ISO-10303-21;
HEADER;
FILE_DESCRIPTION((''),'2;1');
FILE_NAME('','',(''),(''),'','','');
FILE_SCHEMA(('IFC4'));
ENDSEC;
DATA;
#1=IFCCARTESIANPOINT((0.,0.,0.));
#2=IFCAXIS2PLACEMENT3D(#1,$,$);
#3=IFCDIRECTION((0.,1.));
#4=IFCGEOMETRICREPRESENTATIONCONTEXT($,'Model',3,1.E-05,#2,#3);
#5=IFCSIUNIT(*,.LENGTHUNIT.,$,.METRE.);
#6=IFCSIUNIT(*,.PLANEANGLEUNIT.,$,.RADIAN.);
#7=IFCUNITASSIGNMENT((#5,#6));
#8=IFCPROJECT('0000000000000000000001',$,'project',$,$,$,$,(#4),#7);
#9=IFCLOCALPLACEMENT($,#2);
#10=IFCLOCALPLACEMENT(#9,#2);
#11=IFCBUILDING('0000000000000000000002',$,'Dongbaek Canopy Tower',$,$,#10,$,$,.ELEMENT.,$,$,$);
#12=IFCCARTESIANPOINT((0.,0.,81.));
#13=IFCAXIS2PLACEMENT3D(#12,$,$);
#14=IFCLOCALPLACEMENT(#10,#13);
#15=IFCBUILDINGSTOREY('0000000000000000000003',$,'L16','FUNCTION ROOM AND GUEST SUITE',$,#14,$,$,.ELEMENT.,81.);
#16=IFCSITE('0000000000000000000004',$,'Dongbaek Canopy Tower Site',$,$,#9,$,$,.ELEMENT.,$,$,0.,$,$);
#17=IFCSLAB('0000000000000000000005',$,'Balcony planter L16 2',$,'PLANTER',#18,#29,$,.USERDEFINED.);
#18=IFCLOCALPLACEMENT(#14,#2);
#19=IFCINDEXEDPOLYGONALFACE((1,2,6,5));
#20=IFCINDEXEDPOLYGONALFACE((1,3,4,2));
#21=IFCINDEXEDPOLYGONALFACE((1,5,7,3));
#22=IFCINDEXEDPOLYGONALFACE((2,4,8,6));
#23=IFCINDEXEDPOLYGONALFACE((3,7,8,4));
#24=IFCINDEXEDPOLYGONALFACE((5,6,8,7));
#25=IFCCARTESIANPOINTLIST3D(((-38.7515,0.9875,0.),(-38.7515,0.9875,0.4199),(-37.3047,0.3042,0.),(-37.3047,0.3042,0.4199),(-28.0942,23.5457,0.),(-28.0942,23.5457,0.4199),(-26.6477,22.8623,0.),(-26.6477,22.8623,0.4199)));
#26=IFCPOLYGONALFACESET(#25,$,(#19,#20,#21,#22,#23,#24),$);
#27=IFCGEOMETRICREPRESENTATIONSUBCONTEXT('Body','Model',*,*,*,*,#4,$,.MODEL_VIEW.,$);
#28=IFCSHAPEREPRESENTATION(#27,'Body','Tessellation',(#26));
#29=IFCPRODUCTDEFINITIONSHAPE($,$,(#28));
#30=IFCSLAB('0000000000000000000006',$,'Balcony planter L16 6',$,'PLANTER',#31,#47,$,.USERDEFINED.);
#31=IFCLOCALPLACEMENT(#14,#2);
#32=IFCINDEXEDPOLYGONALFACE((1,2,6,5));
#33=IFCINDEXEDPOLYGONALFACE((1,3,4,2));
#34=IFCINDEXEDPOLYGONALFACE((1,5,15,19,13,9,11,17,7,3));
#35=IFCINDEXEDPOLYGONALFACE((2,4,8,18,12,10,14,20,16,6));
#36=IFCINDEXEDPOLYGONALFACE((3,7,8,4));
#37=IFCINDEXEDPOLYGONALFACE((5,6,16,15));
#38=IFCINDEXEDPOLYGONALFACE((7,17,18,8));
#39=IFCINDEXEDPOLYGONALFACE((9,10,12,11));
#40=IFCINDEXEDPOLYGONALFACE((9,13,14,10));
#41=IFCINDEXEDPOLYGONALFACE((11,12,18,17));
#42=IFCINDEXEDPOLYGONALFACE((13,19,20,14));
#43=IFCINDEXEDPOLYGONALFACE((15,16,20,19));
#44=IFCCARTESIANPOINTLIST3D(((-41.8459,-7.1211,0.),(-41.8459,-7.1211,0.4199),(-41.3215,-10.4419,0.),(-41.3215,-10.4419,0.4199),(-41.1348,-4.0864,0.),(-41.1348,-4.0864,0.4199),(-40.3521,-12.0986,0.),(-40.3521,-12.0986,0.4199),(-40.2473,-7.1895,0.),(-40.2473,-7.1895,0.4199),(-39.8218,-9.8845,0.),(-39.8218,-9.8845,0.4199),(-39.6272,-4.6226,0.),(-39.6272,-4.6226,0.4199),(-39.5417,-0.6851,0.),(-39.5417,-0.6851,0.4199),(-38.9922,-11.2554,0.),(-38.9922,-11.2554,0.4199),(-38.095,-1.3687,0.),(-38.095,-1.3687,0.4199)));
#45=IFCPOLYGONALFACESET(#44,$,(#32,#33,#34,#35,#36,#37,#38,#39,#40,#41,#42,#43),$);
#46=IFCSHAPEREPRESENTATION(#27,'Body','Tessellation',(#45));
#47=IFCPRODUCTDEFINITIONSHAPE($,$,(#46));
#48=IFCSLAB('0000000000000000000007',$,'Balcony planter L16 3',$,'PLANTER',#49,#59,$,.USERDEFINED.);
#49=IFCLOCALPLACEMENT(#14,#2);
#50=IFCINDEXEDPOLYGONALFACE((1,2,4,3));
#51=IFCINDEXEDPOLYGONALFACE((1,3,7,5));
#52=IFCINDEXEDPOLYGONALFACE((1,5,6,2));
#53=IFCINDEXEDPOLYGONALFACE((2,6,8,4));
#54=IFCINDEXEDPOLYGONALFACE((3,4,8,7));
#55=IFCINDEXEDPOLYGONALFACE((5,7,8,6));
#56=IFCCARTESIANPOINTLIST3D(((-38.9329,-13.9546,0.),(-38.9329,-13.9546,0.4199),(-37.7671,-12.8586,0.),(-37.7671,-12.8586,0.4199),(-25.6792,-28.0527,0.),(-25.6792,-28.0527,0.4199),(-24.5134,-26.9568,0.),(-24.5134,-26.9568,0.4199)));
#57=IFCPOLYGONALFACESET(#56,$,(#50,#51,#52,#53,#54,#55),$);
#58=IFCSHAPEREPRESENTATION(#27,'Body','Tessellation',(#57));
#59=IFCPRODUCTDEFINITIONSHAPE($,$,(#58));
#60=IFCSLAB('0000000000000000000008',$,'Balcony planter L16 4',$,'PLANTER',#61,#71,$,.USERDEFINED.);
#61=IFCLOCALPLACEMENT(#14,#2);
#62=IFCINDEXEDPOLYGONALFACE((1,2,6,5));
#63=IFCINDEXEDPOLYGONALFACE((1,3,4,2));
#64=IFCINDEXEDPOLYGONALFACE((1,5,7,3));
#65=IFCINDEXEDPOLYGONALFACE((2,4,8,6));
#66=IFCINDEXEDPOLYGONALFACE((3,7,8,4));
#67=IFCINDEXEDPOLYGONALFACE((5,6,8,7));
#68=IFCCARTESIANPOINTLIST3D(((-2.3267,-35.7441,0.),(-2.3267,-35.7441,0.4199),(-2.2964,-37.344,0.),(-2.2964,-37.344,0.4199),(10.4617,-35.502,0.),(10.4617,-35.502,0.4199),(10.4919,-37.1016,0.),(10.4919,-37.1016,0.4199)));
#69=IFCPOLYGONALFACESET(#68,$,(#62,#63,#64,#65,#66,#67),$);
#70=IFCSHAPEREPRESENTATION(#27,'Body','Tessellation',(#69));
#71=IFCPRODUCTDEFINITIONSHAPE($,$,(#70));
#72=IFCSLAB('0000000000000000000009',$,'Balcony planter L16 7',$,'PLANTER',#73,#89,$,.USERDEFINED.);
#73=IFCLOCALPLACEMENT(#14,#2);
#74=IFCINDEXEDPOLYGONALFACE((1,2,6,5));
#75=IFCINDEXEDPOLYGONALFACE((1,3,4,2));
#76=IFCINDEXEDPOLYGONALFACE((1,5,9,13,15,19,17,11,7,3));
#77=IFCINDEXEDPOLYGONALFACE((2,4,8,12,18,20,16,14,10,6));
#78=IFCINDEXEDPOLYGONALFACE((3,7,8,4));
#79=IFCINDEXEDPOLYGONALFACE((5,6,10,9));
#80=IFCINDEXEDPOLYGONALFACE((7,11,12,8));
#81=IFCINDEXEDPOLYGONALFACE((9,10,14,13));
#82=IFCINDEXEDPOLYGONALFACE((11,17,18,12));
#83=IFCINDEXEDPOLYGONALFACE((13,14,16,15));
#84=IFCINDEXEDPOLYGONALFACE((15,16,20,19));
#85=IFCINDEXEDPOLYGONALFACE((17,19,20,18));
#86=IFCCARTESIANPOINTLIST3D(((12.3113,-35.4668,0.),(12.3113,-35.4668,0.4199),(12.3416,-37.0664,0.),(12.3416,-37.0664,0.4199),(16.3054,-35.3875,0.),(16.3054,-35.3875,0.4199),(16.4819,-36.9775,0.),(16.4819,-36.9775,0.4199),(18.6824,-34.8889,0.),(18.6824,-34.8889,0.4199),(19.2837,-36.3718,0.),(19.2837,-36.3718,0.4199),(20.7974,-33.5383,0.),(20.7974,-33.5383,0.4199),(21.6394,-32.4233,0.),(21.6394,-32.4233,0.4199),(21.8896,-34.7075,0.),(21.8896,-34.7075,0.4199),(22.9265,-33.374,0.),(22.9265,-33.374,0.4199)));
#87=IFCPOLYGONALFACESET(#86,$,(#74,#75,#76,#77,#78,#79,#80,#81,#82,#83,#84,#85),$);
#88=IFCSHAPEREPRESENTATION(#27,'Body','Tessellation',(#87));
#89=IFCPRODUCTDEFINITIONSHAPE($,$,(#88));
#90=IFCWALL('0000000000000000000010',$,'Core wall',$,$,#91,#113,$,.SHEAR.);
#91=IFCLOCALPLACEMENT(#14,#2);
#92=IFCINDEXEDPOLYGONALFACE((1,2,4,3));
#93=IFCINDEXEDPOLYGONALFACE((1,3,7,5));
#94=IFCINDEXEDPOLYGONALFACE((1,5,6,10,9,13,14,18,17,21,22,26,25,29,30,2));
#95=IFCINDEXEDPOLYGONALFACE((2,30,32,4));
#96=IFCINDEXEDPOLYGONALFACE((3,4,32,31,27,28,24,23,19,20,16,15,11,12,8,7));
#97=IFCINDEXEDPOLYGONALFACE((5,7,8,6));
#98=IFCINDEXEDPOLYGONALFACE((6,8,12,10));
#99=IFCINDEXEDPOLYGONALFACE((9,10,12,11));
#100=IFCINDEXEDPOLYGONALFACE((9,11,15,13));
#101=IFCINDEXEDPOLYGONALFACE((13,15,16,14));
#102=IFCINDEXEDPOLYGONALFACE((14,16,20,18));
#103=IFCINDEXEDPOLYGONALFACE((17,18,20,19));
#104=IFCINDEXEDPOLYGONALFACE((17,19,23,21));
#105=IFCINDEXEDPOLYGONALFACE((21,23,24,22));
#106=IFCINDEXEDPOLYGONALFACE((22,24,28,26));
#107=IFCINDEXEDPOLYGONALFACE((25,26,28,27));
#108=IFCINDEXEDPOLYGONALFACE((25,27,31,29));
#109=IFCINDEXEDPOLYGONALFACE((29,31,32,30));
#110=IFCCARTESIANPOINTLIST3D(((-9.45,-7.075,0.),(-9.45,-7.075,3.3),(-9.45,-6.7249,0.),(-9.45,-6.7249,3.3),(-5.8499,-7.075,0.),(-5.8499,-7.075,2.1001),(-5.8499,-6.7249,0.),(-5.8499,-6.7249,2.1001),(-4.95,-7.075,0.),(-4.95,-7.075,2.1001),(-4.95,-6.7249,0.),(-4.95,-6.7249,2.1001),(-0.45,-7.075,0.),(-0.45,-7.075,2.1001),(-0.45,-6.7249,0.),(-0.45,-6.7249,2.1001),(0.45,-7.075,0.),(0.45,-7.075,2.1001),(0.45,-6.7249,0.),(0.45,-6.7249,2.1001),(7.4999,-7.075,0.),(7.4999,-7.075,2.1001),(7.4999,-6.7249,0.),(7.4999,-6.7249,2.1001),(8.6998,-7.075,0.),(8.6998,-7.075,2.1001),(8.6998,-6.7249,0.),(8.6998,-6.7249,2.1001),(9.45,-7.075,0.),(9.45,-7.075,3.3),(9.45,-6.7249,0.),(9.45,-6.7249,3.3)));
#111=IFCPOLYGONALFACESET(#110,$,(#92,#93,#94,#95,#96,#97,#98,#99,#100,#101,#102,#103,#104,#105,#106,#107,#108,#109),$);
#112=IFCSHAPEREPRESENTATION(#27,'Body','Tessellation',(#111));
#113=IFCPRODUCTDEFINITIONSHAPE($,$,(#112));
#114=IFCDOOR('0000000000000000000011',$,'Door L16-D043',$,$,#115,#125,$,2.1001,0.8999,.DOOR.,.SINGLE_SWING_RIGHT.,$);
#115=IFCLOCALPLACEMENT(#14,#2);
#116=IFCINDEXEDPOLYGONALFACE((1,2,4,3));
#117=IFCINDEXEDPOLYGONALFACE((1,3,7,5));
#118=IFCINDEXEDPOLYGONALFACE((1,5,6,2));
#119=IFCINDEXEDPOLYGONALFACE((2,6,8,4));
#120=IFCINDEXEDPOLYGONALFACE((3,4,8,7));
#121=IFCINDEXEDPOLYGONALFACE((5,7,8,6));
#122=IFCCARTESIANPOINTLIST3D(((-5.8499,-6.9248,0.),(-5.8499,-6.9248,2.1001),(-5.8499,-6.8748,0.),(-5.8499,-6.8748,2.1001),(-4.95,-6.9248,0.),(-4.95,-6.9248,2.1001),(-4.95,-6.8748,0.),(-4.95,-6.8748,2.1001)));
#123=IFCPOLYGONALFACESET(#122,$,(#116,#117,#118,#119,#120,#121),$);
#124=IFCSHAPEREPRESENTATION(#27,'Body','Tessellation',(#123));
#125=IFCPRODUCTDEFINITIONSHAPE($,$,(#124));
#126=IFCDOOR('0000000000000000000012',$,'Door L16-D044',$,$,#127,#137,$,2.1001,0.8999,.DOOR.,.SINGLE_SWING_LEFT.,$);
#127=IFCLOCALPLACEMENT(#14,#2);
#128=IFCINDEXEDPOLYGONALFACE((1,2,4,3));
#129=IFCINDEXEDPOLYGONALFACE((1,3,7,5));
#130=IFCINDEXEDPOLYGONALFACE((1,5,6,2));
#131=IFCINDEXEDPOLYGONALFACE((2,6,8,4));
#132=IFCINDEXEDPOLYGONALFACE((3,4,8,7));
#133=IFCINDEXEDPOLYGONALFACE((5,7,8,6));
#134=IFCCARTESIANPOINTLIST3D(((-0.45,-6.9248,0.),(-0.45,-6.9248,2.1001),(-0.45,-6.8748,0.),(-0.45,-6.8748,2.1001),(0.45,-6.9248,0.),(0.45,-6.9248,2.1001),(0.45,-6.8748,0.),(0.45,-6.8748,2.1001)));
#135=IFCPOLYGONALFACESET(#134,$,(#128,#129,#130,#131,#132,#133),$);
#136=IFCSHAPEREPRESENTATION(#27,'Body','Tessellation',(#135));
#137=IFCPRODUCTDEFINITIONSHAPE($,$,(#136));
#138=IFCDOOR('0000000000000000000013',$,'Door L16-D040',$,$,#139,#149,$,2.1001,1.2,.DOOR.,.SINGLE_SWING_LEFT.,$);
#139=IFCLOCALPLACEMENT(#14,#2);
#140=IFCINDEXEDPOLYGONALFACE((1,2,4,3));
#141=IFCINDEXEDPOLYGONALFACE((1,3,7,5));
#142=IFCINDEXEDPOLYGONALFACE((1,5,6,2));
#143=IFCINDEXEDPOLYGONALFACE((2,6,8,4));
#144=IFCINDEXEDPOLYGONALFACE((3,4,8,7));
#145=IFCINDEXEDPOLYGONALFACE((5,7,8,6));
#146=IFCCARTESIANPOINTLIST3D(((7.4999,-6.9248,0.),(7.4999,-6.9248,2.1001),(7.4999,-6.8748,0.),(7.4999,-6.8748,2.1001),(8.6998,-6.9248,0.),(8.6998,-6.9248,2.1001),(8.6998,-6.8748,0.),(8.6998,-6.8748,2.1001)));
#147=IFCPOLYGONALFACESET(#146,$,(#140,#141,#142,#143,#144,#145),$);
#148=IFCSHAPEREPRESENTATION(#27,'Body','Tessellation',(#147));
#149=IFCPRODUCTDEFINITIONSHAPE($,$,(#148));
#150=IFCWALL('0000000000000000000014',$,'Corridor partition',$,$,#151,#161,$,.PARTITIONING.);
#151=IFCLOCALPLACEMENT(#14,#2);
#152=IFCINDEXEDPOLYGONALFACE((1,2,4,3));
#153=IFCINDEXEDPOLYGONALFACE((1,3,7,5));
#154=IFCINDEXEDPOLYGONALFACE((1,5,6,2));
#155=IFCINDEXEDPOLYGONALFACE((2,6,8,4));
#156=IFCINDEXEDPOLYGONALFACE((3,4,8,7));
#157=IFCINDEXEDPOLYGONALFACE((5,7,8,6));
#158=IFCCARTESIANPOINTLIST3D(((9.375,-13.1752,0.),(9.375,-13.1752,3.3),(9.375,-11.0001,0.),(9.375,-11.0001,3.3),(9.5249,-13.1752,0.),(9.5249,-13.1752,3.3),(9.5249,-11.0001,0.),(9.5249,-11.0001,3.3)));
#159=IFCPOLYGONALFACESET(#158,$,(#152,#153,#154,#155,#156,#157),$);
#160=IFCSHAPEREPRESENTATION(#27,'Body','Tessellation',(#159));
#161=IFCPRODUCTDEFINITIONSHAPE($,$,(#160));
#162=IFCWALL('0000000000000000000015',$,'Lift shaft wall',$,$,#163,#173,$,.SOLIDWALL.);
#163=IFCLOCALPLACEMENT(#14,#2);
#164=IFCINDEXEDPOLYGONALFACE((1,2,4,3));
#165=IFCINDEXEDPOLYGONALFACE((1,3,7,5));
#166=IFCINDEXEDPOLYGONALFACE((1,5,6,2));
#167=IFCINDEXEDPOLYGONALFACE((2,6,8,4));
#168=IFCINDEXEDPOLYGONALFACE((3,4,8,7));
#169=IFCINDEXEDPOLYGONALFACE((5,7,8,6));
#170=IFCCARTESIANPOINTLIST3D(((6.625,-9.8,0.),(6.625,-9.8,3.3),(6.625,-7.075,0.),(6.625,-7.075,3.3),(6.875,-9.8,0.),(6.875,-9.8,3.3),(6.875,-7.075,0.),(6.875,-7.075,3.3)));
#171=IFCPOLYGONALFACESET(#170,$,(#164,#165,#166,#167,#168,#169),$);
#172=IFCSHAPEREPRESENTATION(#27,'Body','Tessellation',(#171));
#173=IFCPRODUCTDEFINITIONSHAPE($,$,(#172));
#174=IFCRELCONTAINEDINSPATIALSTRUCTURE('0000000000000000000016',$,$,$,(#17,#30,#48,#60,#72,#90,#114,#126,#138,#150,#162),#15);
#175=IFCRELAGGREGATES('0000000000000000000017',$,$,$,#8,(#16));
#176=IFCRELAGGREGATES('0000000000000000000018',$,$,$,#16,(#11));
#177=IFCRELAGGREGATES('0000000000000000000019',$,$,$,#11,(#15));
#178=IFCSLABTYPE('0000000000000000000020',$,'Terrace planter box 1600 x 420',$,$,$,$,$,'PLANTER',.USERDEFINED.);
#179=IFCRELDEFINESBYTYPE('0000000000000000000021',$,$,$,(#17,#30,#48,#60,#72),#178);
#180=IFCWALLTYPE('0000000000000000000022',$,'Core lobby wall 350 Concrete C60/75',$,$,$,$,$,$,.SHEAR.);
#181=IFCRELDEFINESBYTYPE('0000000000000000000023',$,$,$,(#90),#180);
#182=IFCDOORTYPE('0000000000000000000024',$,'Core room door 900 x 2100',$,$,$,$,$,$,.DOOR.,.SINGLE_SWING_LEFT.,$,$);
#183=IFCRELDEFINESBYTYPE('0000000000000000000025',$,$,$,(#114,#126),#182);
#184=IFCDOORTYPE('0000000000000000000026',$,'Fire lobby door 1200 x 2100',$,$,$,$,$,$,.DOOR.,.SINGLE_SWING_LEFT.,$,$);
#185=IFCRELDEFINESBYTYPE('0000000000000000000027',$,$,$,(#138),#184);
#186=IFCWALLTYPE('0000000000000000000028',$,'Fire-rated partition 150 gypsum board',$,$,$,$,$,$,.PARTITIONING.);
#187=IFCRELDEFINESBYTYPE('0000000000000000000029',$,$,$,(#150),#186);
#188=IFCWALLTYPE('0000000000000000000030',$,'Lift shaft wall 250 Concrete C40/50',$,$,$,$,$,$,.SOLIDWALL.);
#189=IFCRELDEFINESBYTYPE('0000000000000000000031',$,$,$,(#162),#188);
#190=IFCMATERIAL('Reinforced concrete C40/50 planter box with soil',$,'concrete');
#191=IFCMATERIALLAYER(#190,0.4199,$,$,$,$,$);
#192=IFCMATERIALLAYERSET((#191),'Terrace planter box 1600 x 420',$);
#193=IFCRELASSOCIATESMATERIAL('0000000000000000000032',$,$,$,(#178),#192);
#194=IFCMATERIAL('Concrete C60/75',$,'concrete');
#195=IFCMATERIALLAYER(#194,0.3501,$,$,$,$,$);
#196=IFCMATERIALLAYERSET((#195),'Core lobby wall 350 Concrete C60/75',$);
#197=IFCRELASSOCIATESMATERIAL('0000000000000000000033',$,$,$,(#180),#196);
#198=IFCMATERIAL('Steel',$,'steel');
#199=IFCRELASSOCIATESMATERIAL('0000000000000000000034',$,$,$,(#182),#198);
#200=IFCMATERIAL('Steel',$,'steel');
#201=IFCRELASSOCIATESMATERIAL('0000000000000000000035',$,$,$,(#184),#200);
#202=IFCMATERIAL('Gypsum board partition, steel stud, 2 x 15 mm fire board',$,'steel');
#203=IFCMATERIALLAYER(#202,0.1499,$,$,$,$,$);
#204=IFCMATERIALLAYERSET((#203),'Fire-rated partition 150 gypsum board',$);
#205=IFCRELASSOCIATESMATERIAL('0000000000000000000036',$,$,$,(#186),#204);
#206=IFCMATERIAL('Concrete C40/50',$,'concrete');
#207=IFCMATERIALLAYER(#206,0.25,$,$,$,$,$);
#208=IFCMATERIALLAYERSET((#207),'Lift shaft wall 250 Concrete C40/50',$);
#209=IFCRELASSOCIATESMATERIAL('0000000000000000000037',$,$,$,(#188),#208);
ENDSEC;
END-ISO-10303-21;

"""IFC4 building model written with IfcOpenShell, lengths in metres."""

from ifc_helpers import new_model, si_unit, direction, frame, frame_2d, origin, place, context, subcontext, project, spatial, polyline, rectangle, outline, extrude, material, layer, layer_set, type_object, element, fill, save


model = new_model("IFC4")

# Units and contexts
model_context = context("Model", 3, precision=1e-05, world=origin(), true_north=direction((0.0, 1.0)))
body_context = subcontext(model_context, "Body", "Model", "MODEL_VIEW")
ifc_project = project(units=[si_unit("LENGTHUNIT", "METRE"), si_unit("PLANEANGLEUNIT", "RADIAN")], contexts=[model_context])

# Site, building, storey
site_placement = place(None, origin())
site = spatial("IfcSite", under=ifc_project, at=site_placement, Name="Dongbaek Canopy Tower Site", CompositionType="ELEMENT", RefElevation=0.0)
building_placement = place(site_placement, origin())
building = spatial("IfcBuilding", under=site, at=building_placement, Name="Dongbaek Canopy Tower", CompositionType="ELEMENT")
storey_placement = place(building_placement, frame((0.0, 0.0, 81.0)))
storey = spatial("IfcBuildingStorey", under=building, at=storey_placement, Name="L16", Description="FUNCTION ROOM AND GUEST SUITE", CompositionType="ELEMENT", Elevation=81.0)

# Slabs
ifc_material_1 = material(Name="Reinforced concrete C40/50 planter box with soil", Category="concrete")
ifc_layer_1 = layer(ifc_material_1, 0.4199)
ifc_layer_set_1 = layer_set([ifc_layer_1], Name="Terrace planter box 1600 x 420")
slab_type_1 = type_object("IfcSlabType", Name="Terrace planter box 1600 x 420", ElementType="PLANTER", PredefinedType="USERDEFINED", material=ifc_layer_set_1)
slab_1_placement = place(storey_placement, origin())
element("IfcSlab", 1, at=slab_1_placement, inside=storey, type_object=slab_type_1, Name="Balcony planter L16 2", ObjectType="PLANTER", PredefinedType="USERDEFINED", context=body_context, shape_type="SweptSolid", body=[
    extrude(outline(polyline([(-26.6477, 22.8623), (-37.3047, 0.3042), (-38.7515, 0.9875), (-28.0942, 23.5457), (-26.6477, 22.8623)])), origin(), (0.0, 0.0, 1.0), 0.4199),
])
slab_2_placement = place(storey_placement, origin())
element("IfcSlab", 2, at=slab_2_placement, inside=storey, type_object=slab_type_1, Name="Balcony planter L16 6", ObjectType="PLANTER", PredefinedType="USERDEFINED", context=body_context, shape_type="SweptSolid", body=[
    extrude(outline(polyline([(-38.095, -1.3687), (-39.6272, -4.6226), (-40.2473, -7.1895), (-39.8218, -9.8845), (-38.9922, -11.2554), (-40.3521, -12.0986), (-41.3215, -10.4419), (-41.8459, -7.1211), (-41.1348, -4.0864), (-39.5417, -0.6851), (-38.095, -1.3687)])), origin(), (0.0, 0.0, 1.0), 0.4199),
])
slab_3_placement = place(storey_placement, origin())
element("IfcSlab", 3, at=slab_3_placement, inside=storey, type_object=slab_type_1, Name="Balcony planter L16 3", ObjectType="PLANTER", PredefinedType="USERDEFINED", context=body_context, shape_type="SweptSolid", body=[
    extrude(outline(polyline([(-37.7671, -12.8586), (-24.5134, -26.9568), (-25.6792, -28.0527), (-38.9329, -13.9546), (-37.7671, -12.8586)])), origin(), (0.0, 0.0, 1.0), 0.4199),
])
slab_4_placement = place(storey_placement, origin())
element("IfcSlab", 4, at=slab_4_placement, inside=storey, type_object=slab_type_1, Name="Balcony planter L16 4", ObjectType="PLANTER", PredefinedType="USERDEFINED", context=body_context, shape_type="SweptSolid", body=[
    extrude(outline(polyline([(-2.3267, -35.7441), (10.4617, -35.502), (10.4919, -37.1016), (-2.2964, -37.344), (-2.3267, -35.7441)])), origin(), (0.0, 0.0, 1.0), 0.4199),
])
slab_5_placement = place(storey_placement, origin())
element("IfcSlab", 5, at=slab_5_placement, inside=storey, type_object=slab_type_1, Name="Balcony planter L16 7", ObjectType="PLANTER", PredefinedType="USERDEFINED", context=body_context, shape_type="SweptSolid", body=[
    extrude(outline(polyline([(12.3113, -35.4668), (16.3054, -35.3875), (18.6824, -34.8889), (20.7974, -33.5383), (21.6394, -32.4233), (22.9265, -33.374), (21.8896, -34.7075), (19.2837, -36.3718), (16.4819, -36.9775), (12.3416, -37.0664), (12.3113, -35.4668)])), origin(), (0.0, 0.0, 1.0), 0.4199),
])

# Wall, openings, doors
ifc_material_2 = material(Name="Concrete C60/75", Category="concrete")
ifc_layer_2 = layer(ifc_material_2, 0.3501)
ifc_layer_set_2 = layer_set([ifc_layer_2], Name="Core lobby wall 350 Concrete C60/75")
wall_type_1 = type_object("IfcWallType", Name="Core lobby wall 350 Concrete C60/75", PredefinedType="SHEAR", material=ifc_layer_set_2)
wall_1_placement = place(storey_placement, frame((9.45, -6.8999, 0.0), z_axis=(0.0, 0.0, 1.0), x_axis=(-1.0, 0.0, 0.0)))
wall_1 = element("IfcWall", 6, at=wall_1_placement, inside=storey, type_object=wall_type_1, Name="Core wall", PredefinedType="SHEAR", context=body_context, shape_type="SweptSolid", body=[
    extrude(rectangle(XDim=18.8999, YDim=0.3501, at=frame_2d((9.45, 0.0))), origin(), (0.0, 0.0, 1.0), 3.3),
])
opening_1_placement = place(wall_1_placement, frame((0.75, 0.0, 0.0)))
opening_1 = element("IfcOpeningElement", 7, at=opening_1_placement, cuts=wall_1, PredefinedType="OPENING", context=body_context, shape_type="SweptSolid", body=[
    extrude(rectangle(XDim=1.2, YDim=2.1001, at=frame_2d((0.6001, 1.05))), frame((0.0, 0.1851, 0.0), z_axis=(0.0, -1.0, 0.0), x_axis=(1.0, 0.0, 0.0)), (0.0, 0.0, 1.0), 0.3701),
])
opening_2_placement = place(wall_1_placement, frame((14.3999, 0.0, 0.0)))
opening_2 = element("IfcOpeningElement", 8, at=opening_2_placement, cuts=wall_1, PredefinedType="OPENING", context=body_context, shape_type="SweptSolid", body=[
    extrude(rectangle(XDim=0.8999, YDim=2.1001, at=frame_2d((0.45, 1.05))), frame((0.0, 0.1851, 0.0), z_axis=(0.0, -1.0, 0.0), x_axis=(1.0, 0.0, 0.0)), (0.0, 0.0, 1.0), 0.3701),
])
opening_3_placement = place(wall_1_placement, frame((9.0, 0.0, 0.0)))
opening_3 = element("IfcOpeningElement", 9, at=opening_3_placement, cuts=wall_1, PredefinedType="OPENING", context=body_context, shape_type="SweptSolid", body=[
    extrude(rectangle(XDim=0.8999, YDim=2.1001, at=frame_2d((0.45, 1.05))), frame((0.0, 0.1851, 0.0), z_axis=(0.0, -1.0, 0.0), x_axis=(1.0, 0.0, 0.0)), (0.0, 0.0, 1.0), 0.3701),
])
ifc_material_3 = material(Name="Steel", Category="steel")
door_type_1 = type_object("IfcDoorType", Name="Core room door 900 x 2100", OperationType="SINGLE_SWING_LEFT", PredefinedType="DOOR", material=ifc_material_3)
door_1_placement = place(opening_2_placement, origin())
door_1 = element("IfcDoor", 10, at=door_1_placement, inside=storey, type_object=door_type_1, Name="Door L16-D043", OperationType="SINGLE_SWING_RIGHT", OverallHeight=2.1001, OverallWidth=0.8999, PredefinedType="DOOR", context=body_context, shape_type="SweptSolid", body=[
    extrude(rectangle(XDim=0.8999, YDim=2.1001, at=frame_2d((0.45, 1.05))), frame((0.0, 0.0249, 0.0), z_axis=(0.0, -1.0, 0.0), x_axis=(1.0, 0.0, 0.0)), (0.0, 0.0, 1.0), 0.05),
])
fill(opening_2, door_1)
door_2_placement = place(opening_3_placement, origin())
door_2 = element("IfcDoor", 11, at=door_2_placement, inside=storey, type_object=door_type_1, Name="Door L16-D044", OperationType="SINGLE_SWING_LEFT", OverallHeight=2.1001, OverallWidth=0.8999, PredefinedType="DOOR", context=body_context, shape_type="SweptSolid", body=[
    extrude(rectangle(XDim=0.8999, YDim=2.1001, at=frame_2d((0.45, 1.05))), frame((0.0, 0.0249, 0.0), z_axis=(0.0, -1.0, 0.0), x_axis=(1.0, 0.0, 0.0)), (0.0, 0.0, 1.0), 0.05),
])
fill(opening_3, door_2)
ifc_material_4 = material(Name="Steel", Category="steel")
door_type_2 = type_object("IfcDoorType", Name="Fire lobby door 1200 x 2100", OperationType="SINGLE_SWING_LEFT", PredefinedType="DOOR", material=ifc_material_4)
door_3_placement = place(opening_1_placement, origin())
door_3 = element("IfcDoor", 12, at=door_3_placement, inside=storey, type_object=door_type_2, Name="Door L16-D040", OperationType="SINGLE_SWING_LEFT", OverallHeight=2.1001, OverallWidth=1.2, PredefinedType="DOOR", context=body_context, shape_type="SweptSolid", body=[
    extrude(rectangle(XDim=1.2, YDim=2.1001, at=frame_2d((0.6001, 1.05))), frame((0.0, 0.0249, 0.0), z_axis=(0.0, -1.0, 0.0), x_axis=(1.0, 0.0, 0.0)), (0.0, 0.0, 1.0), 0.05),
])
fill(opening_1, door_3)

# Walls
ifc_material_5 = material(Name="Gypsum board partition, steel stud, 2 x 15 mm fire board", Category="steel")
ifc_layer_3 = layer(ifc_material_5, 0.1499)
ifc_layer_set_3 = layer_set([ifc_layer_3], Name="Fire-rated partition 150 gypsum board")
wall_type_2 = type_object("IfcWallType", Name="Fire-rated partition 150 gypsum board", PredefinedType="PARTITIONING", material=ifc_layer_set_3)
wall_2_placement = place(storey_placement, frame((9.45, -13.175, 0.0), z_axis=(0.0, 0.0, 1.0), x_axis=(0.0, 1.0, 0.0)))
element("IfcWall", 13, at=wall_2_placement, inside=storey, type_object=wall_type_2, Name="Corridor partition", PredefinedType="PARTITIONING", context=body_context, shape_type="SweptSolid", body=[
    extrude(rectangle(XDim=2.175, YDim=0.1499, at=frame_2d((1.0874, 0.0))), origin(), (0.0, 0.0, 1.0), 3.3),
])
ifc_material_6 = material(Name="Concrete C40/50", Category="concrete")
ifc_layer_4 = layer(ifc_material_6, 0.25)
ifc_layer_set_4 = layer_set([ifc_layer_4], Name="Lift shaft wall 250 Concrete C40/50")
wall_type_3 = type_object("IfcWallType", Name="Lift shaft wall 250 Concrete C40/50", PredefinedType="SOLIDWALL", material=ifc_layer_set_4)
for number, where, z_axis, x_axis, name in (
    (14, (6.75, -9.8, 0.0), (0.0, 0.0, 1.0), (0.0, 1.0, 0.0), "Lift shaft wall"),
):
    element("IfcWall", number, at=place(storey_placement, frame(where, z_axis=z_axis, x_axis=x_axis)), inside=storey, type_object=wall_type_3, Name=name, PredefinedType="SOLIDWALL", context=body_context, shape_type="SweptSolid", body=[
        extrude(rectangle(XDim=2.7251, YDim=0.25, at=frame_2d((1.3625, 0.0))), origin(), (0.0, 0.0, 1.0), 3.3),
    ])

save(model, "model.ifc")
